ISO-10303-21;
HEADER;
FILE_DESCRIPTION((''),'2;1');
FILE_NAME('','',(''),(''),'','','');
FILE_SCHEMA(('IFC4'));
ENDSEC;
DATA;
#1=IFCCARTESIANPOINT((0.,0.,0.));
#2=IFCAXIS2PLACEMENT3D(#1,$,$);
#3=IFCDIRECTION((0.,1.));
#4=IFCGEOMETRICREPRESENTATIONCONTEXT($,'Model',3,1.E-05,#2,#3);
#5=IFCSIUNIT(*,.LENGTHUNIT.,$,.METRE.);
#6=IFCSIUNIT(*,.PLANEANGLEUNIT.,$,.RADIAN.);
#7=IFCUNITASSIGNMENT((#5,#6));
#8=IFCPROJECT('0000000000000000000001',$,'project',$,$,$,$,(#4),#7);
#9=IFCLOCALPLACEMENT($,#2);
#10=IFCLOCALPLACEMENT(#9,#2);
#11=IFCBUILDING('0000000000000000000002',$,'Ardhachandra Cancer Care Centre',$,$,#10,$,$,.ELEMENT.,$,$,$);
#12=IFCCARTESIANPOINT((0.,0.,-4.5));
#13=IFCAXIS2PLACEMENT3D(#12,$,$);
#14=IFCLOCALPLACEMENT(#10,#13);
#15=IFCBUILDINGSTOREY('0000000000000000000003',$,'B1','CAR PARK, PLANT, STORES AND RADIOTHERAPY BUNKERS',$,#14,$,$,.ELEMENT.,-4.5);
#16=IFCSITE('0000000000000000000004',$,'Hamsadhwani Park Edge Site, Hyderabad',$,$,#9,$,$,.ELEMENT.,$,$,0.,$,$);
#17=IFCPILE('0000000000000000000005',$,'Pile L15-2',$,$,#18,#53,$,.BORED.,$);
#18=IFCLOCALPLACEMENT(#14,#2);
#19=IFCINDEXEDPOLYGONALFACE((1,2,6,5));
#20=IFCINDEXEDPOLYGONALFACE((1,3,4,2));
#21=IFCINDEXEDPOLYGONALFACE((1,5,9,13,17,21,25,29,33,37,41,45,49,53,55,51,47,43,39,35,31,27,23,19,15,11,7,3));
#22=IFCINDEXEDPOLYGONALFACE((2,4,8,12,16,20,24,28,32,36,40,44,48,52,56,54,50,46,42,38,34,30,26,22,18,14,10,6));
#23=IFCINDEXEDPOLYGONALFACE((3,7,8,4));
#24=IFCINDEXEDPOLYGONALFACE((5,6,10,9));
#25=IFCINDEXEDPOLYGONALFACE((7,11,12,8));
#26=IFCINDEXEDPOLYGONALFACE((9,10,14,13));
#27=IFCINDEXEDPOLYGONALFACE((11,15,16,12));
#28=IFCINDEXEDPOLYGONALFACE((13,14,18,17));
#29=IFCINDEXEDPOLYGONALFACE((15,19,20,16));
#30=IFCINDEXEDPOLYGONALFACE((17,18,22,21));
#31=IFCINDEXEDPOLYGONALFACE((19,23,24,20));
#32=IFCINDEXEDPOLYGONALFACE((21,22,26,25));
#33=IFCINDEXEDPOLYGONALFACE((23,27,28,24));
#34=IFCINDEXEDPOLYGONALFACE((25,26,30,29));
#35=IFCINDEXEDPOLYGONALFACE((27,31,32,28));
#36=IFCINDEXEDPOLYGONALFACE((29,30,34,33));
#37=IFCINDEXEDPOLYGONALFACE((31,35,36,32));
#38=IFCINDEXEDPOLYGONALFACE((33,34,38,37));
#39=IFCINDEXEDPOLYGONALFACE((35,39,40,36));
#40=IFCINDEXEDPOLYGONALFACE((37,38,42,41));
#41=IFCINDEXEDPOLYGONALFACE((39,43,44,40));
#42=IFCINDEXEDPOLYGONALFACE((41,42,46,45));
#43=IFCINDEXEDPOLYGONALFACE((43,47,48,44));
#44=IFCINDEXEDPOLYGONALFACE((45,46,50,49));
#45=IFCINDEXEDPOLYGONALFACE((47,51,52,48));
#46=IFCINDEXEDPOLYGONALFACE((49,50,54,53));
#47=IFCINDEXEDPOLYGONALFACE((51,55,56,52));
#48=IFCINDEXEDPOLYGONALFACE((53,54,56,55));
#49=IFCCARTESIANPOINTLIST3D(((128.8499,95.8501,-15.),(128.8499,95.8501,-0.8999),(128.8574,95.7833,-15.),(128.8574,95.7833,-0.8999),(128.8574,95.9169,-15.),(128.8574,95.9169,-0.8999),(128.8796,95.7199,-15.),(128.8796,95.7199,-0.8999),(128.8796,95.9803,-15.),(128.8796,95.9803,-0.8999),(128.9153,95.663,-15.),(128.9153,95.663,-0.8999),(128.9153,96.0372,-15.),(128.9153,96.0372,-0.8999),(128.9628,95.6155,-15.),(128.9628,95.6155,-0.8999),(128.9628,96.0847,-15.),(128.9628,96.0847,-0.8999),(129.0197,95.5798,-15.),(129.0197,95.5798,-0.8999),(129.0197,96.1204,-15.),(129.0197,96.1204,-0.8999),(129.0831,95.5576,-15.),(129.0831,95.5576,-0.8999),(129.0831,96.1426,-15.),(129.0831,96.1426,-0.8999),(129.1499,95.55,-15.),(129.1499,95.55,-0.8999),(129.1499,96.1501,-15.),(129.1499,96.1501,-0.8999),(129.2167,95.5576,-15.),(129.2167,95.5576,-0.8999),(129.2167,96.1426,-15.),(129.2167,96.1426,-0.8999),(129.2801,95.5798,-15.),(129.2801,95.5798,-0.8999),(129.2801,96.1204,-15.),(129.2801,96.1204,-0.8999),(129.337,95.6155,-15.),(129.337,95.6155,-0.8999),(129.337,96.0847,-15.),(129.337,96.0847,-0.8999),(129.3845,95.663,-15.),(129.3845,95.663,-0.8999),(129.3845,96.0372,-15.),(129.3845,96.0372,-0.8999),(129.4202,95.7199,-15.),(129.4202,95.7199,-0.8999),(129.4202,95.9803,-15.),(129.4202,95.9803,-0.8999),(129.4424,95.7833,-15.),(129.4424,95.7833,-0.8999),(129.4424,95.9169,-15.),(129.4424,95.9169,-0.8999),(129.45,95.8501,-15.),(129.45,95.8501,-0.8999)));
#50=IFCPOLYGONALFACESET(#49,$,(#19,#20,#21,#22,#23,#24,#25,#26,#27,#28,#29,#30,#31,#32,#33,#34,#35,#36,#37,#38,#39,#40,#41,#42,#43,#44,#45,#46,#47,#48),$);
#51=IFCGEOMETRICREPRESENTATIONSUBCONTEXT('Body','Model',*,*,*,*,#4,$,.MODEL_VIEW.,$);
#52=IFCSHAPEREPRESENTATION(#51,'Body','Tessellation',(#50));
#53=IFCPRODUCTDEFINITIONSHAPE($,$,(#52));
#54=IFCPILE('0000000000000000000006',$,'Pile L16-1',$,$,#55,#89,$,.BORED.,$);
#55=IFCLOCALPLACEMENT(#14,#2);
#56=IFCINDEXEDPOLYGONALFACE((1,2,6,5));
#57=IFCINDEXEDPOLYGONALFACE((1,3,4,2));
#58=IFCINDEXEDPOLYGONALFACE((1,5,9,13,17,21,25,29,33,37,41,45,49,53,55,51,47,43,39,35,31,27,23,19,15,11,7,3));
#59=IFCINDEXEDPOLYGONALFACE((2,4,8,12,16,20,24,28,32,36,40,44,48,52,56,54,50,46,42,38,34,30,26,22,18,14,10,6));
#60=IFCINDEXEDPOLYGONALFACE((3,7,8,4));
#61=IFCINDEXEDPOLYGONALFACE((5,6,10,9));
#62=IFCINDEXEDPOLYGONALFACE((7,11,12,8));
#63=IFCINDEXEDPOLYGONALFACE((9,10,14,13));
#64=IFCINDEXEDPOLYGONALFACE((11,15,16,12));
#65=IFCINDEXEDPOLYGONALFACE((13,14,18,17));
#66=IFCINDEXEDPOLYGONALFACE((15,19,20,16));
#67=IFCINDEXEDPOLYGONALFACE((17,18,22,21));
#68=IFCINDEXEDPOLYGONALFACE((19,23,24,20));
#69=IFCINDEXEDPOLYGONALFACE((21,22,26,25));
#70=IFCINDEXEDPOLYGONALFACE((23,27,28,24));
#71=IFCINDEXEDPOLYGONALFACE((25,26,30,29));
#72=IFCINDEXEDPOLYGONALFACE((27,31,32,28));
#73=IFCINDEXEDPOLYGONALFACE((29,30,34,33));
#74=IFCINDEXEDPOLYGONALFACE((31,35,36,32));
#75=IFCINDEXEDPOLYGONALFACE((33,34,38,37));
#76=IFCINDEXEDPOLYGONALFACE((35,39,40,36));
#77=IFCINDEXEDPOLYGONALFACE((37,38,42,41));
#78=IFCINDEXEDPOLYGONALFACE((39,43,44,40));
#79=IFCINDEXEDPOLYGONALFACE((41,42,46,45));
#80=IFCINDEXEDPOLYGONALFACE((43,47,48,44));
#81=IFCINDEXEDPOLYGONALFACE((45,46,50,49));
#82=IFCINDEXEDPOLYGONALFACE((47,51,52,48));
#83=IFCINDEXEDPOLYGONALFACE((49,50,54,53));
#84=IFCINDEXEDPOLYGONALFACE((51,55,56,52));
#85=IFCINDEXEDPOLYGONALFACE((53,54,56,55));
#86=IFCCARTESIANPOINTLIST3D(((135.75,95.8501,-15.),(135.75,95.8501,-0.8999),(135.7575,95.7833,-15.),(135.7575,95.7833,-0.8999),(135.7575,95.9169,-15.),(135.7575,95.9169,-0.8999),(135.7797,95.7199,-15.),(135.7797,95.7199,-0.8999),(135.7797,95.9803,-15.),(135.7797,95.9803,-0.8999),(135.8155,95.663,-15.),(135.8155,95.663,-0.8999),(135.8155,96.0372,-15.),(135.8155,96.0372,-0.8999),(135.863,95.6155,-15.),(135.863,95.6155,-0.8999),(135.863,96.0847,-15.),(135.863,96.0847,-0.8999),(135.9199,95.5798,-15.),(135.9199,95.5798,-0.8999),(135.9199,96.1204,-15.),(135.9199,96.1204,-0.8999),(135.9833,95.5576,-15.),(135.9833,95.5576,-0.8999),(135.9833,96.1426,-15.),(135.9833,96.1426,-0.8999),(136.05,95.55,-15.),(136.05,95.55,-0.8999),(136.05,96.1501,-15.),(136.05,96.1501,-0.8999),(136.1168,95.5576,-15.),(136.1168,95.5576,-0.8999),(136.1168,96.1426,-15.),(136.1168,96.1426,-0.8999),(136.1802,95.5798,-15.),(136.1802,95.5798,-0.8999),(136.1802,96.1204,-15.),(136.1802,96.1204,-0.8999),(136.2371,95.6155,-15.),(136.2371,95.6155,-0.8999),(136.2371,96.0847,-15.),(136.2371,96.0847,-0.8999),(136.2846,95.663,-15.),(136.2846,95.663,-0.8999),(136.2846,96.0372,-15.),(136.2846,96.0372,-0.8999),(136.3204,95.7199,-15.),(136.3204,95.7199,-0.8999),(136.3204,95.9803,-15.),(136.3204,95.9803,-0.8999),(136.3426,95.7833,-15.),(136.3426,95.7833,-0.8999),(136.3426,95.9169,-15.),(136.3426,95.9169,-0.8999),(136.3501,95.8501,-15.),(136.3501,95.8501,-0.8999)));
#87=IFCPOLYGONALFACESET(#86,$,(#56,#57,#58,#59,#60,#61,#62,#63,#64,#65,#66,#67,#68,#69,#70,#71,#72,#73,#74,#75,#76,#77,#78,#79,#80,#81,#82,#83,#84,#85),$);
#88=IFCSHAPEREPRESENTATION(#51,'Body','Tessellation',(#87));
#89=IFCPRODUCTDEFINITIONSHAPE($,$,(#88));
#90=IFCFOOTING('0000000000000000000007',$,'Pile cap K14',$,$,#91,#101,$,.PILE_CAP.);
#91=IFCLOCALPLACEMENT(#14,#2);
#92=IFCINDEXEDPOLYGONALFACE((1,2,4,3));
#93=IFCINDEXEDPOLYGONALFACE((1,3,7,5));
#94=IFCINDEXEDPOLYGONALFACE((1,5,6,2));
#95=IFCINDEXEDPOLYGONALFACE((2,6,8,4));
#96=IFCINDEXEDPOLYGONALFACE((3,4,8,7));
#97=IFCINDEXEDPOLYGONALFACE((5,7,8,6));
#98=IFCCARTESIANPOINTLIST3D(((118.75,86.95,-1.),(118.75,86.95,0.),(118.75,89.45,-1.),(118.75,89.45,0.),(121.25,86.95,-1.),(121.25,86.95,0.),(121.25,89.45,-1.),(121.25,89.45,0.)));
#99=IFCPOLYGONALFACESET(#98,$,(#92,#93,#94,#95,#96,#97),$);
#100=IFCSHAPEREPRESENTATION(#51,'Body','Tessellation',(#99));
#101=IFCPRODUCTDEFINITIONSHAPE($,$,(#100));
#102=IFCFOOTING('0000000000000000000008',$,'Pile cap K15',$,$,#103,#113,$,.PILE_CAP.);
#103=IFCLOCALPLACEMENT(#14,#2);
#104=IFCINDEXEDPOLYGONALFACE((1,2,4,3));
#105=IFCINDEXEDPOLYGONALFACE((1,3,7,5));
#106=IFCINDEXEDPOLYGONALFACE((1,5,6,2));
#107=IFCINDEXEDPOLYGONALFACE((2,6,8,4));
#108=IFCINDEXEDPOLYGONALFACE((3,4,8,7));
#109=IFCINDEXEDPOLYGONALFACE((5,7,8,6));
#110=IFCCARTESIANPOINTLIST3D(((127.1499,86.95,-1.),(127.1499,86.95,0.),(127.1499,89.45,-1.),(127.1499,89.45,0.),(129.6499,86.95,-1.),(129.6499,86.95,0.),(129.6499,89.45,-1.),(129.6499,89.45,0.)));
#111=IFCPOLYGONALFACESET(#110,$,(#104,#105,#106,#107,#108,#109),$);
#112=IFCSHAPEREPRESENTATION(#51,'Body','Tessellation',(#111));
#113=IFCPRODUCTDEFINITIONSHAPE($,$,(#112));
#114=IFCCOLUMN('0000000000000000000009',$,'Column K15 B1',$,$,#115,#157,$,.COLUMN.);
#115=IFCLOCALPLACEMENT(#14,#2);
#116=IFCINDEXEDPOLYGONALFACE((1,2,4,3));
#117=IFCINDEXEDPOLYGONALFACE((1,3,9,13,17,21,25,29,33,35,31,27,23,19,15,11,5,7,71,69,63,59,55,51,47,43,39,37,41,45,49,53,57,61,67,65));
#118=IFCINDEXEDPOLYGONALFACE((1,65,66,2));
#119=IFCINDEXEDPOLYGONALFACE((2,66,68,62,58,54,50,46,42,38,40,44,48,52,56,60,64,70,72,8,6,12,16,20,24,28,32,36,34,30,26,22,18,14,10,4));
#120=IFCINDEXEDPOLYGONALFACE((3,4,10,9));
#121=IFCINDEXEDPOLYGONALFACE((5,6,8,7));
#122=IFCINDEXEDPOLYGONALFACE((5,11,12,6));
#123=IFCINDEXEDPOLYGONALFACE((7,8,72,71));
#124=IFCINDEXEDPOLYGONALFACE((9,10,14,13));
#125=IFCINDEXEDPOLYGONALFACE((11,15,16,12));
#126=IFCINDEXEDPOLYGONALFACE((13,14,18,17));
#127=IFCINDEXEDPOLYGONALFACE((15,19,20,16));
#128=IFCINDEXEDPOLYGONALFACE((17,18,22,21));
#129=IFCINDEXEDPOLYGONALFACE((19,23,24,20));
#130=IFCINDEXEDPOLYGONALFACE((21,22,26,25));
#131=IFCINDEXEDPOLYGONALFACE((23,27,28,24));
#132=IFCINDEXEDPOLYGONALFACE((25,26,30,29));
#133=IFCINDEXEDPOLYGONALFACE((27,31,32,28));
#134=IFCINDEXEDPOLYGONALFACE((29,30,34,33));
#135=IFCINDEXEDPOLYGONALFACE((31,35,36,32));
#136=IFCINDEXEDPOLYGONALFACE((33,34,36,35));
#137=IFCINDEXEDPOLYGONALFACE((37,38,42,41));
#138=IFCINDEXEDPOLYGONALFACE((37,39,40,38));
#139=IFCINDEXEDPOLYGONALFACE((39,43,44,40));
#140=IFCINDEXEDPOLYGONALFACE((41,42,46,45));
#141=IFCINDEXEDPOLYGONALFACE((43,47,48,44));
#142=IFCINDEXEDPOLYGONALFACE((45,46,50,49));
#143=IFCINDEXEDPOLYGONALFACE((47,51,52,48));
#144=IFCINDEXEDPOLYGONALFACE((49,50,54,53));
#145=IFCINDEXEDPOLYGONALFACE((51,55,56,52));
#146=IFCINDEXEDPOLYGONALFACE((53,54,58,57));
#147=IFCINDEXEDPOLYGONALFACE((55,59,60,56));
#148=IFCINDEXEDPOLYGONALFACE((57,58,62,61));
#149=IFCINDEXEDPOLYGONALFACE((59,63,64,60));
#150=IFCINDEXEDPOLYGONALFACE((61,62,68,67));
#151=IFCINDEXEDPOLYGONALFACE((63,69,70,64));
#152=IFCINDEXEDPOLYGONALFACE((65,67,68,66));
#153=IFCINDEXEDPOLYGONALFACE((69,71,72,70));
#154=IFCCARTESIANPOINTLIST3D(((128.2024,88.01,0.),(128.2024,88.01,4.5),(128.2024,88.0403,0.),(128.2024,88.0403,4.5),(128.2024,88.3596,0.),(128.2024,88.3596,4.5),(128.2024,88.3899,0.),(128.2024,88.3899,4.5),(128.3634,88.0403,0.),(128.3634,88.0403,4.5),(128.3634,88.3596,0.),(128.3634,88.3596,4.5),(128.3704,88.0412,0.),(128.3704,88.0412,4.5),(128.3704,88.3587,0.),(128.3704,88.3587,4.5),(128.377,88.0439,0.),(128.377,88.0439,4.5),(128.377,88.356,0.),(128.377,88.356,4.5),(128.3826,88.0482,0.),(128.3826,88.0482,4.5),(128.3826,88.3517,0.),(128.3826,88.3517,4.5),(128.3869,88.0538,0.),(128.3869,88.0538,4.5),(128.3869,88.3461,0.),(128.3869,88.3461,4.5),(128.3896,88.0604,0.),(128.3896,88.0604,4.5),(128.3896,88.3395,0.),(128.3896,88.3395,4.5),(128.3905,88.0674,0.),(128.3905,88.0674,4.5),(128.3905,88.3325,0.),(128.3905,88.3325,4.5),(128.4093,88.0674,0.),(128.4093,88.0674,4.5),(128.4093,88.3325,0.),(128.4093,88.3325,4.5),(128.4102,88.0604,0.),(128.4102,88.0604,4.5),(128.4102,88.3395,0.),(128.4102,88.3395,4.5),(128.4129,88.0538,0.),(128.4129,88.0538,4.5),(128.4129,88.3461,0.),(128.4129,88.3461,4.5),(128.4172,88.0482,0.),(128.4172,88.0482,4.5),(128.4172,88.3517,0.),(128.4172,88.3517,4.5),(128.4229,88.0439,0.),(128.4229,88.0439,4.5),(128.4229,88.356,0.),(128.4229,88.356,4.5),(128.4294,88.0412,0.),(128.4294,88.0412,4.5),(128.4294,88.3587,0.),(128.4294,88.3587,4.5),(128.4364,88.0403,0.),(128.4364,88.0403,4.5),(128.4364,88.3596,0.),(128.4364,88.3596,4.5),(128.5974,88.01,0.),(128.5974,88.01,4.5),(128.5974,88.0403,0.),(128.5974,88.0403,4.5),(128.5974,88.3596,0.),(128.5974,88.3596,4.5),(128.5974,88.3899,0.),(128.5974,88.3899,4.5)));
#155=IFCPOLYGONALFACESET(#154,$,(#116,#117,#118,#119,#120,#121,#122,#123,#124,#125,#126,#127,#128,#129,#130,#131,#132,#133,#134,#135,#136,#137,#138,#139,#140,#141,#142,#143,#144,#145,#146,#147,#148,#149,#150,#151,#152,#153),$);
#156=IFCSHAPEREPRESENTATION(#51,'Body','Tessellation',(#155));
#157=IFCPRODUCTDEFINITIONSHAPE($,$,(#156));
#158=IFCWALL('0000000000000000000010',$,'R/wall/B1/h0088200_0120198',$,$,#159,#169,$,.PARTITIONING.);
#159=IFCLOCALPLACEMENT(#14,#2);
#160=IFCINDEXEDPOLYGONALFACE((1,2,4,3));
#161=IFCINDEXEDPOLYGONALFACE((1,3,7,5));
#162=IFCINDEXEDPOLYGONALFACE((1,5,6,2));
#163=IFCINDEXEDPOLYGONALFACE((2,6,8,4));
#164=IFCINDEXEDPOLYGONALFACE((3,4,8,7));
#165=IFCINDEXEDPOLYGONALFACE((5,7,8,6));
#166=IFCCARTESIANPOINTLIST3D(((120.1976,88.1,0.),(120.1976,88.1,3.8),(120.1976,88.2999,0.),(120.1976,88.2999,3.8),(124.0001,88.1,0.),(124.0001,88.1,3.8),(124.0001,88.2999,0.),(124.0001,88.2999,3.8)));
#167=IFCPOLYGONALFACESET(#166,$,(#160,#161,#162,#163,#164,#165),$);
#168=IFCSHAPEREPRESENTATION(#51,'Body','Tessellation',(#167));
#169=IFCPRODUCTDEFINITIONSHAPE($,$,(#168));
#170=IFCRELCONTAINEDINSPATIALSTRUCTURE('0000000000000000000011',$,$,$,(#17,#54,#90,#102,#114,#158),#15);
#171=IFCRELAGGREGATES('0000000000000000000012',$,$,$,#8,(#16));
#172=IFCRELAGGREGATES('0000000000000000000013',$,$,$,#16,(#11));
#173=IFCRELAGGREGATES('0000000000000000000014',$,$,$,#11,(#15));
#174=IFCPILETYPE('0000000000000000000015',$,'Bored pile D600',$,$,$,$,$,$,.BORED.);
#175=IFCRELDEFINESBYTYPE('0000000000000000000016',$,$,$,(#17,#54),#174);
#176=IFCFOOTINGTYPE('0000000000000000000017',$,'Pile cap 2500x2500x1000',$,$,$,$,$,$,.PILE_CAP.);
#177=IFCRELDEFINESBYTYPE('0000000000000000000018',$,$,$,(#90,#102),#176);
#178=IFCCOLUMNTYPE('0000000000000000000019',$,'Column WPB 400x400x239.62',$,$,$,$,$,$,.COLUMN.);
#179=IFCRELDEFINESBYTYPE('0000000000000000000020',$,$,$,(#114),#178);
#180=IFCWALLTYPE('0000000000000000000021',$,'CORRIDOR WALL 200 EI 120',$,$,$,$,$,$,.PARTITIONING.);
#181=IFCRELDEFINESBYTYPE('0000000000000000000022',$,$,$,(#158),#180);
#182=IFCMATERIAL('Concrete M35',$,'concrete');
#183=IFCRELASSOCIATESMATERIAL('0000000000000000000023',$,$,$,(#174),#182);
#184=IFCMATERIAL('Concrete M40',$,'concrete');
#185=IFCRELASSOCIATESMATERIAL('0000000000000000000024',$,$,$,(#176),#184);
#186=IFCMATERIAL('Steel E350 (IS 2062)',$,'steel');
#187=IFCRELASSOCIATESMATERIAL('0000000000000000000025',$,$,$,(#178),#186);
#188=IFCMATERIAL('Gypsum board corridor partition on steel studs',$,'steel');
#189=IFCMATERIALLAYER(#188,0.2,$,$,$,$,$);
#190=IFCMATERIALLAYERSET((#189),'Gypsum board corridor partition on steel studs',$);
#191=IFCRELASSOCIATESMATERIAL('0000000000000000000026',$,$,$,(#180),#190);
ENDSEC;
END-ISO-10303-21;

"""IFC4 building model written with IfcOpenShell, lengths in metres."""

from ifc_helpers import new_model, si_unit, direction, frame, frame_2d, origin, origin_2d, place, context, subcontext, project, spatial, rectangle, circle, i_section, extrude, material, layer, layer_set, material_profile, profile_set, type_object, element, save


model = new_model("IFC4")

# Units and contexts
model_context = context("Model", 3, precision=1e-05, world=origin(), true_north=direction((0.0, 1.0)))
body_context = subcontext(model_context, "Body", "Model", "MODEL_VIEW")
ifc_project = project(units=[si_unit("LENGTHUNIT", "METRE"), si_unit("PLANEANGLEUNIT", "RADIAN")], contexts=[model_context])

# Site, building, storey
site_placement = place(None, origin())
site = spatial("IfcSite", under=ifc_project, at=site_placement, Name="Hamsadhwani Park Edge Site, Hyderabad", CompositionType="ELEMENT", RefElevation=0.0)
building_placement = place(site_placement, origin())
building = spatial("IfcBuilding", under=site, at=building_placement, Name="Ardhachandra Cancer Care Centre", CompositionType="ELEMENT")
storey_placement = place(building_placement, frame((0.0, 0.0, -4.5)))
storey = spatial("IfcBuildingStorey", under=building, at=storey_placement, Name="B1", Description="CAR PARK, PLANT, STORES AND RADIOTHERAPY BUNKERS", CompositionType="ELEMENT", Elevation=-4.5)

# Piles
ifc_material_1 = material(Name="Concrete M35", Category="concrete")
ifc_material_profile_1 = material_profile(ifc_material_1, circle(Radius=0.3, at=origin_2d()), Name="D600")
ifc_profile_set_1 = profile_set([ifc_material_profile_1], Name="Concrete M35")
pile_type = type_object("IfcPileType", Name="Bored pile D600", PredefinedType="BORED", material=ifc_profile_set_1)
for number, where, z_axis, x_axis, name in (
    (1, (129.1499, 95.8501, -0.8999), (0.0, 0.0, -1.0), (1.0, 0.0, 0.0), "Pile L15-2"),
    (2, (136.05, 95.8501, -0.8999), (0.0, 0.0, -1.0), (1.0, 0.0, 0.0), "Pile L16-1"),
):
    element("IfcPile", number, at=place(storey_placement, frame(where, z_axis=z_axis, x_axis=x_axis)), inside=storey, type_object=pile_type, Name=name, PredefinedType="BORED", context=body_context, shape_type="SweptSolid", body=[
        extrude(circle(Radius=0.3, at=origin_2d()), origin(), (0.0, 0.0, 1.0), 14.1001),
    ])

# Footings
ifc_material_2 = material(Name="Concrete M40", Category="concrete")
footing_type = type_object("IfcFootingType", Name="Pile cap 2500x2500x1000", PredefinedType="PILE_CAP", material=ifc_material_2)
for number, where, z_axis, x_axis, name in (
    (3, (120.0, 88.2, -1.0), (0.0, 0.0, 1.0), (1.0, 0.0, 0.0), "Pile cap K14"),
    (4, (128.3999, 88.2, -1.0), (0.0, 0.0, 1.0), (1.0, 0.0, 0.0), "Pile cap K15"),
):
    element("IfcFooting", number, at=place(storey_placement, frame(where, z_axis=z_axis, x_axis=x_axis)), inside=storey, type_object=footing_type, Name=name, PredefinedType="PILE_CAP", context=body_context, shape_type="SweptSolid", body=[
        extrude(rectangle(XDim=2.5, YDim=2.5, at=origin_2d()), origin(), (0.0, 0.0, 1.0), 1.0),
    ])

# Column
ifc_material_3 = material(Name="Steel E350 (IS 2062)", Category="steel")
ifc_material_profile_2 = material_profile(ifc_material_3, i_section(OverallWidth=0.395, OverallDepth=0.3799, WebThickness=0.0188, FlangeThickness=0.0303, FilletRadius=0.0271, at=origin_2d()), Name="WPB 400x400x239.62")
ifc_profile_set_2 = profile_set([ifc_material_profile_2], Name="Steel E350 (IS 2062)")
column_type = type_object("IfcColumnType", Name="Column WPB 400x400x239.62", PredefinedType="COLUMN", material=ifc_profile_set_2)
column_placement = place(storey_placement, frame((128.3999, 88.2, 0.0), z_axis=(0.0, 0.0, 1.0), x_axis=(1.0, 0.0, 0.0)))
element("IfcColumn", 5, at=column_placement, inside=storey, type_object=column_type, Name="Column K15 B1", PredefinedType="COLUMN", context=body_context, shape_type="SweptSolid", body=[
    extrude(i_section(OverallWidth=0.395, OverallDepth=0.3799, WebThickness=0.0188, FlangeThickness=0.0303, FilletRadius=0.0271, at=origin_2d()), origin(), (0.0, 0.0, 1.0), 4.5),
])

# Wall
ifc_material_4 = material(Name="Gypsum board corridor partition on steel studs", Category="steel")
ifc_layer_1 = layer(ifc_material_4, 0.2)
ifc_layer_set_1 = layer_set([ifc_layer_1], Name="Gypsum board corridor partition on steel studs")
wall_type_1 = type_object("IfcWallType", Name="CORRIDOR WALL 200 EI 120", PredefinedType="PARTITIONING", material=ifc_layer_set_1)
wall_1_placement = place(storey_placement, frame((120.1975, 88.2, 0.0), z_axis=(0.0, 0.0, 1.0), x_axis=(1.0, 0.0, 0.0)))
element("IfcWall", 6, at=wall_1_placement, inside=storey, type_object=wall_type_1, Name="R/wall/B1/h0088200_0120198", PredefinedType="PARTITIONING", context=body_context, shape_type="SweptSolid", body=[
    extrude(rectangle(XDim=3.8025, YDim=0.2, at=frame_2d((1.9014, 0.0))), origin(), (0.0, 0.0, 1.0), 3.8),
])

save(model, "model.ifc")
